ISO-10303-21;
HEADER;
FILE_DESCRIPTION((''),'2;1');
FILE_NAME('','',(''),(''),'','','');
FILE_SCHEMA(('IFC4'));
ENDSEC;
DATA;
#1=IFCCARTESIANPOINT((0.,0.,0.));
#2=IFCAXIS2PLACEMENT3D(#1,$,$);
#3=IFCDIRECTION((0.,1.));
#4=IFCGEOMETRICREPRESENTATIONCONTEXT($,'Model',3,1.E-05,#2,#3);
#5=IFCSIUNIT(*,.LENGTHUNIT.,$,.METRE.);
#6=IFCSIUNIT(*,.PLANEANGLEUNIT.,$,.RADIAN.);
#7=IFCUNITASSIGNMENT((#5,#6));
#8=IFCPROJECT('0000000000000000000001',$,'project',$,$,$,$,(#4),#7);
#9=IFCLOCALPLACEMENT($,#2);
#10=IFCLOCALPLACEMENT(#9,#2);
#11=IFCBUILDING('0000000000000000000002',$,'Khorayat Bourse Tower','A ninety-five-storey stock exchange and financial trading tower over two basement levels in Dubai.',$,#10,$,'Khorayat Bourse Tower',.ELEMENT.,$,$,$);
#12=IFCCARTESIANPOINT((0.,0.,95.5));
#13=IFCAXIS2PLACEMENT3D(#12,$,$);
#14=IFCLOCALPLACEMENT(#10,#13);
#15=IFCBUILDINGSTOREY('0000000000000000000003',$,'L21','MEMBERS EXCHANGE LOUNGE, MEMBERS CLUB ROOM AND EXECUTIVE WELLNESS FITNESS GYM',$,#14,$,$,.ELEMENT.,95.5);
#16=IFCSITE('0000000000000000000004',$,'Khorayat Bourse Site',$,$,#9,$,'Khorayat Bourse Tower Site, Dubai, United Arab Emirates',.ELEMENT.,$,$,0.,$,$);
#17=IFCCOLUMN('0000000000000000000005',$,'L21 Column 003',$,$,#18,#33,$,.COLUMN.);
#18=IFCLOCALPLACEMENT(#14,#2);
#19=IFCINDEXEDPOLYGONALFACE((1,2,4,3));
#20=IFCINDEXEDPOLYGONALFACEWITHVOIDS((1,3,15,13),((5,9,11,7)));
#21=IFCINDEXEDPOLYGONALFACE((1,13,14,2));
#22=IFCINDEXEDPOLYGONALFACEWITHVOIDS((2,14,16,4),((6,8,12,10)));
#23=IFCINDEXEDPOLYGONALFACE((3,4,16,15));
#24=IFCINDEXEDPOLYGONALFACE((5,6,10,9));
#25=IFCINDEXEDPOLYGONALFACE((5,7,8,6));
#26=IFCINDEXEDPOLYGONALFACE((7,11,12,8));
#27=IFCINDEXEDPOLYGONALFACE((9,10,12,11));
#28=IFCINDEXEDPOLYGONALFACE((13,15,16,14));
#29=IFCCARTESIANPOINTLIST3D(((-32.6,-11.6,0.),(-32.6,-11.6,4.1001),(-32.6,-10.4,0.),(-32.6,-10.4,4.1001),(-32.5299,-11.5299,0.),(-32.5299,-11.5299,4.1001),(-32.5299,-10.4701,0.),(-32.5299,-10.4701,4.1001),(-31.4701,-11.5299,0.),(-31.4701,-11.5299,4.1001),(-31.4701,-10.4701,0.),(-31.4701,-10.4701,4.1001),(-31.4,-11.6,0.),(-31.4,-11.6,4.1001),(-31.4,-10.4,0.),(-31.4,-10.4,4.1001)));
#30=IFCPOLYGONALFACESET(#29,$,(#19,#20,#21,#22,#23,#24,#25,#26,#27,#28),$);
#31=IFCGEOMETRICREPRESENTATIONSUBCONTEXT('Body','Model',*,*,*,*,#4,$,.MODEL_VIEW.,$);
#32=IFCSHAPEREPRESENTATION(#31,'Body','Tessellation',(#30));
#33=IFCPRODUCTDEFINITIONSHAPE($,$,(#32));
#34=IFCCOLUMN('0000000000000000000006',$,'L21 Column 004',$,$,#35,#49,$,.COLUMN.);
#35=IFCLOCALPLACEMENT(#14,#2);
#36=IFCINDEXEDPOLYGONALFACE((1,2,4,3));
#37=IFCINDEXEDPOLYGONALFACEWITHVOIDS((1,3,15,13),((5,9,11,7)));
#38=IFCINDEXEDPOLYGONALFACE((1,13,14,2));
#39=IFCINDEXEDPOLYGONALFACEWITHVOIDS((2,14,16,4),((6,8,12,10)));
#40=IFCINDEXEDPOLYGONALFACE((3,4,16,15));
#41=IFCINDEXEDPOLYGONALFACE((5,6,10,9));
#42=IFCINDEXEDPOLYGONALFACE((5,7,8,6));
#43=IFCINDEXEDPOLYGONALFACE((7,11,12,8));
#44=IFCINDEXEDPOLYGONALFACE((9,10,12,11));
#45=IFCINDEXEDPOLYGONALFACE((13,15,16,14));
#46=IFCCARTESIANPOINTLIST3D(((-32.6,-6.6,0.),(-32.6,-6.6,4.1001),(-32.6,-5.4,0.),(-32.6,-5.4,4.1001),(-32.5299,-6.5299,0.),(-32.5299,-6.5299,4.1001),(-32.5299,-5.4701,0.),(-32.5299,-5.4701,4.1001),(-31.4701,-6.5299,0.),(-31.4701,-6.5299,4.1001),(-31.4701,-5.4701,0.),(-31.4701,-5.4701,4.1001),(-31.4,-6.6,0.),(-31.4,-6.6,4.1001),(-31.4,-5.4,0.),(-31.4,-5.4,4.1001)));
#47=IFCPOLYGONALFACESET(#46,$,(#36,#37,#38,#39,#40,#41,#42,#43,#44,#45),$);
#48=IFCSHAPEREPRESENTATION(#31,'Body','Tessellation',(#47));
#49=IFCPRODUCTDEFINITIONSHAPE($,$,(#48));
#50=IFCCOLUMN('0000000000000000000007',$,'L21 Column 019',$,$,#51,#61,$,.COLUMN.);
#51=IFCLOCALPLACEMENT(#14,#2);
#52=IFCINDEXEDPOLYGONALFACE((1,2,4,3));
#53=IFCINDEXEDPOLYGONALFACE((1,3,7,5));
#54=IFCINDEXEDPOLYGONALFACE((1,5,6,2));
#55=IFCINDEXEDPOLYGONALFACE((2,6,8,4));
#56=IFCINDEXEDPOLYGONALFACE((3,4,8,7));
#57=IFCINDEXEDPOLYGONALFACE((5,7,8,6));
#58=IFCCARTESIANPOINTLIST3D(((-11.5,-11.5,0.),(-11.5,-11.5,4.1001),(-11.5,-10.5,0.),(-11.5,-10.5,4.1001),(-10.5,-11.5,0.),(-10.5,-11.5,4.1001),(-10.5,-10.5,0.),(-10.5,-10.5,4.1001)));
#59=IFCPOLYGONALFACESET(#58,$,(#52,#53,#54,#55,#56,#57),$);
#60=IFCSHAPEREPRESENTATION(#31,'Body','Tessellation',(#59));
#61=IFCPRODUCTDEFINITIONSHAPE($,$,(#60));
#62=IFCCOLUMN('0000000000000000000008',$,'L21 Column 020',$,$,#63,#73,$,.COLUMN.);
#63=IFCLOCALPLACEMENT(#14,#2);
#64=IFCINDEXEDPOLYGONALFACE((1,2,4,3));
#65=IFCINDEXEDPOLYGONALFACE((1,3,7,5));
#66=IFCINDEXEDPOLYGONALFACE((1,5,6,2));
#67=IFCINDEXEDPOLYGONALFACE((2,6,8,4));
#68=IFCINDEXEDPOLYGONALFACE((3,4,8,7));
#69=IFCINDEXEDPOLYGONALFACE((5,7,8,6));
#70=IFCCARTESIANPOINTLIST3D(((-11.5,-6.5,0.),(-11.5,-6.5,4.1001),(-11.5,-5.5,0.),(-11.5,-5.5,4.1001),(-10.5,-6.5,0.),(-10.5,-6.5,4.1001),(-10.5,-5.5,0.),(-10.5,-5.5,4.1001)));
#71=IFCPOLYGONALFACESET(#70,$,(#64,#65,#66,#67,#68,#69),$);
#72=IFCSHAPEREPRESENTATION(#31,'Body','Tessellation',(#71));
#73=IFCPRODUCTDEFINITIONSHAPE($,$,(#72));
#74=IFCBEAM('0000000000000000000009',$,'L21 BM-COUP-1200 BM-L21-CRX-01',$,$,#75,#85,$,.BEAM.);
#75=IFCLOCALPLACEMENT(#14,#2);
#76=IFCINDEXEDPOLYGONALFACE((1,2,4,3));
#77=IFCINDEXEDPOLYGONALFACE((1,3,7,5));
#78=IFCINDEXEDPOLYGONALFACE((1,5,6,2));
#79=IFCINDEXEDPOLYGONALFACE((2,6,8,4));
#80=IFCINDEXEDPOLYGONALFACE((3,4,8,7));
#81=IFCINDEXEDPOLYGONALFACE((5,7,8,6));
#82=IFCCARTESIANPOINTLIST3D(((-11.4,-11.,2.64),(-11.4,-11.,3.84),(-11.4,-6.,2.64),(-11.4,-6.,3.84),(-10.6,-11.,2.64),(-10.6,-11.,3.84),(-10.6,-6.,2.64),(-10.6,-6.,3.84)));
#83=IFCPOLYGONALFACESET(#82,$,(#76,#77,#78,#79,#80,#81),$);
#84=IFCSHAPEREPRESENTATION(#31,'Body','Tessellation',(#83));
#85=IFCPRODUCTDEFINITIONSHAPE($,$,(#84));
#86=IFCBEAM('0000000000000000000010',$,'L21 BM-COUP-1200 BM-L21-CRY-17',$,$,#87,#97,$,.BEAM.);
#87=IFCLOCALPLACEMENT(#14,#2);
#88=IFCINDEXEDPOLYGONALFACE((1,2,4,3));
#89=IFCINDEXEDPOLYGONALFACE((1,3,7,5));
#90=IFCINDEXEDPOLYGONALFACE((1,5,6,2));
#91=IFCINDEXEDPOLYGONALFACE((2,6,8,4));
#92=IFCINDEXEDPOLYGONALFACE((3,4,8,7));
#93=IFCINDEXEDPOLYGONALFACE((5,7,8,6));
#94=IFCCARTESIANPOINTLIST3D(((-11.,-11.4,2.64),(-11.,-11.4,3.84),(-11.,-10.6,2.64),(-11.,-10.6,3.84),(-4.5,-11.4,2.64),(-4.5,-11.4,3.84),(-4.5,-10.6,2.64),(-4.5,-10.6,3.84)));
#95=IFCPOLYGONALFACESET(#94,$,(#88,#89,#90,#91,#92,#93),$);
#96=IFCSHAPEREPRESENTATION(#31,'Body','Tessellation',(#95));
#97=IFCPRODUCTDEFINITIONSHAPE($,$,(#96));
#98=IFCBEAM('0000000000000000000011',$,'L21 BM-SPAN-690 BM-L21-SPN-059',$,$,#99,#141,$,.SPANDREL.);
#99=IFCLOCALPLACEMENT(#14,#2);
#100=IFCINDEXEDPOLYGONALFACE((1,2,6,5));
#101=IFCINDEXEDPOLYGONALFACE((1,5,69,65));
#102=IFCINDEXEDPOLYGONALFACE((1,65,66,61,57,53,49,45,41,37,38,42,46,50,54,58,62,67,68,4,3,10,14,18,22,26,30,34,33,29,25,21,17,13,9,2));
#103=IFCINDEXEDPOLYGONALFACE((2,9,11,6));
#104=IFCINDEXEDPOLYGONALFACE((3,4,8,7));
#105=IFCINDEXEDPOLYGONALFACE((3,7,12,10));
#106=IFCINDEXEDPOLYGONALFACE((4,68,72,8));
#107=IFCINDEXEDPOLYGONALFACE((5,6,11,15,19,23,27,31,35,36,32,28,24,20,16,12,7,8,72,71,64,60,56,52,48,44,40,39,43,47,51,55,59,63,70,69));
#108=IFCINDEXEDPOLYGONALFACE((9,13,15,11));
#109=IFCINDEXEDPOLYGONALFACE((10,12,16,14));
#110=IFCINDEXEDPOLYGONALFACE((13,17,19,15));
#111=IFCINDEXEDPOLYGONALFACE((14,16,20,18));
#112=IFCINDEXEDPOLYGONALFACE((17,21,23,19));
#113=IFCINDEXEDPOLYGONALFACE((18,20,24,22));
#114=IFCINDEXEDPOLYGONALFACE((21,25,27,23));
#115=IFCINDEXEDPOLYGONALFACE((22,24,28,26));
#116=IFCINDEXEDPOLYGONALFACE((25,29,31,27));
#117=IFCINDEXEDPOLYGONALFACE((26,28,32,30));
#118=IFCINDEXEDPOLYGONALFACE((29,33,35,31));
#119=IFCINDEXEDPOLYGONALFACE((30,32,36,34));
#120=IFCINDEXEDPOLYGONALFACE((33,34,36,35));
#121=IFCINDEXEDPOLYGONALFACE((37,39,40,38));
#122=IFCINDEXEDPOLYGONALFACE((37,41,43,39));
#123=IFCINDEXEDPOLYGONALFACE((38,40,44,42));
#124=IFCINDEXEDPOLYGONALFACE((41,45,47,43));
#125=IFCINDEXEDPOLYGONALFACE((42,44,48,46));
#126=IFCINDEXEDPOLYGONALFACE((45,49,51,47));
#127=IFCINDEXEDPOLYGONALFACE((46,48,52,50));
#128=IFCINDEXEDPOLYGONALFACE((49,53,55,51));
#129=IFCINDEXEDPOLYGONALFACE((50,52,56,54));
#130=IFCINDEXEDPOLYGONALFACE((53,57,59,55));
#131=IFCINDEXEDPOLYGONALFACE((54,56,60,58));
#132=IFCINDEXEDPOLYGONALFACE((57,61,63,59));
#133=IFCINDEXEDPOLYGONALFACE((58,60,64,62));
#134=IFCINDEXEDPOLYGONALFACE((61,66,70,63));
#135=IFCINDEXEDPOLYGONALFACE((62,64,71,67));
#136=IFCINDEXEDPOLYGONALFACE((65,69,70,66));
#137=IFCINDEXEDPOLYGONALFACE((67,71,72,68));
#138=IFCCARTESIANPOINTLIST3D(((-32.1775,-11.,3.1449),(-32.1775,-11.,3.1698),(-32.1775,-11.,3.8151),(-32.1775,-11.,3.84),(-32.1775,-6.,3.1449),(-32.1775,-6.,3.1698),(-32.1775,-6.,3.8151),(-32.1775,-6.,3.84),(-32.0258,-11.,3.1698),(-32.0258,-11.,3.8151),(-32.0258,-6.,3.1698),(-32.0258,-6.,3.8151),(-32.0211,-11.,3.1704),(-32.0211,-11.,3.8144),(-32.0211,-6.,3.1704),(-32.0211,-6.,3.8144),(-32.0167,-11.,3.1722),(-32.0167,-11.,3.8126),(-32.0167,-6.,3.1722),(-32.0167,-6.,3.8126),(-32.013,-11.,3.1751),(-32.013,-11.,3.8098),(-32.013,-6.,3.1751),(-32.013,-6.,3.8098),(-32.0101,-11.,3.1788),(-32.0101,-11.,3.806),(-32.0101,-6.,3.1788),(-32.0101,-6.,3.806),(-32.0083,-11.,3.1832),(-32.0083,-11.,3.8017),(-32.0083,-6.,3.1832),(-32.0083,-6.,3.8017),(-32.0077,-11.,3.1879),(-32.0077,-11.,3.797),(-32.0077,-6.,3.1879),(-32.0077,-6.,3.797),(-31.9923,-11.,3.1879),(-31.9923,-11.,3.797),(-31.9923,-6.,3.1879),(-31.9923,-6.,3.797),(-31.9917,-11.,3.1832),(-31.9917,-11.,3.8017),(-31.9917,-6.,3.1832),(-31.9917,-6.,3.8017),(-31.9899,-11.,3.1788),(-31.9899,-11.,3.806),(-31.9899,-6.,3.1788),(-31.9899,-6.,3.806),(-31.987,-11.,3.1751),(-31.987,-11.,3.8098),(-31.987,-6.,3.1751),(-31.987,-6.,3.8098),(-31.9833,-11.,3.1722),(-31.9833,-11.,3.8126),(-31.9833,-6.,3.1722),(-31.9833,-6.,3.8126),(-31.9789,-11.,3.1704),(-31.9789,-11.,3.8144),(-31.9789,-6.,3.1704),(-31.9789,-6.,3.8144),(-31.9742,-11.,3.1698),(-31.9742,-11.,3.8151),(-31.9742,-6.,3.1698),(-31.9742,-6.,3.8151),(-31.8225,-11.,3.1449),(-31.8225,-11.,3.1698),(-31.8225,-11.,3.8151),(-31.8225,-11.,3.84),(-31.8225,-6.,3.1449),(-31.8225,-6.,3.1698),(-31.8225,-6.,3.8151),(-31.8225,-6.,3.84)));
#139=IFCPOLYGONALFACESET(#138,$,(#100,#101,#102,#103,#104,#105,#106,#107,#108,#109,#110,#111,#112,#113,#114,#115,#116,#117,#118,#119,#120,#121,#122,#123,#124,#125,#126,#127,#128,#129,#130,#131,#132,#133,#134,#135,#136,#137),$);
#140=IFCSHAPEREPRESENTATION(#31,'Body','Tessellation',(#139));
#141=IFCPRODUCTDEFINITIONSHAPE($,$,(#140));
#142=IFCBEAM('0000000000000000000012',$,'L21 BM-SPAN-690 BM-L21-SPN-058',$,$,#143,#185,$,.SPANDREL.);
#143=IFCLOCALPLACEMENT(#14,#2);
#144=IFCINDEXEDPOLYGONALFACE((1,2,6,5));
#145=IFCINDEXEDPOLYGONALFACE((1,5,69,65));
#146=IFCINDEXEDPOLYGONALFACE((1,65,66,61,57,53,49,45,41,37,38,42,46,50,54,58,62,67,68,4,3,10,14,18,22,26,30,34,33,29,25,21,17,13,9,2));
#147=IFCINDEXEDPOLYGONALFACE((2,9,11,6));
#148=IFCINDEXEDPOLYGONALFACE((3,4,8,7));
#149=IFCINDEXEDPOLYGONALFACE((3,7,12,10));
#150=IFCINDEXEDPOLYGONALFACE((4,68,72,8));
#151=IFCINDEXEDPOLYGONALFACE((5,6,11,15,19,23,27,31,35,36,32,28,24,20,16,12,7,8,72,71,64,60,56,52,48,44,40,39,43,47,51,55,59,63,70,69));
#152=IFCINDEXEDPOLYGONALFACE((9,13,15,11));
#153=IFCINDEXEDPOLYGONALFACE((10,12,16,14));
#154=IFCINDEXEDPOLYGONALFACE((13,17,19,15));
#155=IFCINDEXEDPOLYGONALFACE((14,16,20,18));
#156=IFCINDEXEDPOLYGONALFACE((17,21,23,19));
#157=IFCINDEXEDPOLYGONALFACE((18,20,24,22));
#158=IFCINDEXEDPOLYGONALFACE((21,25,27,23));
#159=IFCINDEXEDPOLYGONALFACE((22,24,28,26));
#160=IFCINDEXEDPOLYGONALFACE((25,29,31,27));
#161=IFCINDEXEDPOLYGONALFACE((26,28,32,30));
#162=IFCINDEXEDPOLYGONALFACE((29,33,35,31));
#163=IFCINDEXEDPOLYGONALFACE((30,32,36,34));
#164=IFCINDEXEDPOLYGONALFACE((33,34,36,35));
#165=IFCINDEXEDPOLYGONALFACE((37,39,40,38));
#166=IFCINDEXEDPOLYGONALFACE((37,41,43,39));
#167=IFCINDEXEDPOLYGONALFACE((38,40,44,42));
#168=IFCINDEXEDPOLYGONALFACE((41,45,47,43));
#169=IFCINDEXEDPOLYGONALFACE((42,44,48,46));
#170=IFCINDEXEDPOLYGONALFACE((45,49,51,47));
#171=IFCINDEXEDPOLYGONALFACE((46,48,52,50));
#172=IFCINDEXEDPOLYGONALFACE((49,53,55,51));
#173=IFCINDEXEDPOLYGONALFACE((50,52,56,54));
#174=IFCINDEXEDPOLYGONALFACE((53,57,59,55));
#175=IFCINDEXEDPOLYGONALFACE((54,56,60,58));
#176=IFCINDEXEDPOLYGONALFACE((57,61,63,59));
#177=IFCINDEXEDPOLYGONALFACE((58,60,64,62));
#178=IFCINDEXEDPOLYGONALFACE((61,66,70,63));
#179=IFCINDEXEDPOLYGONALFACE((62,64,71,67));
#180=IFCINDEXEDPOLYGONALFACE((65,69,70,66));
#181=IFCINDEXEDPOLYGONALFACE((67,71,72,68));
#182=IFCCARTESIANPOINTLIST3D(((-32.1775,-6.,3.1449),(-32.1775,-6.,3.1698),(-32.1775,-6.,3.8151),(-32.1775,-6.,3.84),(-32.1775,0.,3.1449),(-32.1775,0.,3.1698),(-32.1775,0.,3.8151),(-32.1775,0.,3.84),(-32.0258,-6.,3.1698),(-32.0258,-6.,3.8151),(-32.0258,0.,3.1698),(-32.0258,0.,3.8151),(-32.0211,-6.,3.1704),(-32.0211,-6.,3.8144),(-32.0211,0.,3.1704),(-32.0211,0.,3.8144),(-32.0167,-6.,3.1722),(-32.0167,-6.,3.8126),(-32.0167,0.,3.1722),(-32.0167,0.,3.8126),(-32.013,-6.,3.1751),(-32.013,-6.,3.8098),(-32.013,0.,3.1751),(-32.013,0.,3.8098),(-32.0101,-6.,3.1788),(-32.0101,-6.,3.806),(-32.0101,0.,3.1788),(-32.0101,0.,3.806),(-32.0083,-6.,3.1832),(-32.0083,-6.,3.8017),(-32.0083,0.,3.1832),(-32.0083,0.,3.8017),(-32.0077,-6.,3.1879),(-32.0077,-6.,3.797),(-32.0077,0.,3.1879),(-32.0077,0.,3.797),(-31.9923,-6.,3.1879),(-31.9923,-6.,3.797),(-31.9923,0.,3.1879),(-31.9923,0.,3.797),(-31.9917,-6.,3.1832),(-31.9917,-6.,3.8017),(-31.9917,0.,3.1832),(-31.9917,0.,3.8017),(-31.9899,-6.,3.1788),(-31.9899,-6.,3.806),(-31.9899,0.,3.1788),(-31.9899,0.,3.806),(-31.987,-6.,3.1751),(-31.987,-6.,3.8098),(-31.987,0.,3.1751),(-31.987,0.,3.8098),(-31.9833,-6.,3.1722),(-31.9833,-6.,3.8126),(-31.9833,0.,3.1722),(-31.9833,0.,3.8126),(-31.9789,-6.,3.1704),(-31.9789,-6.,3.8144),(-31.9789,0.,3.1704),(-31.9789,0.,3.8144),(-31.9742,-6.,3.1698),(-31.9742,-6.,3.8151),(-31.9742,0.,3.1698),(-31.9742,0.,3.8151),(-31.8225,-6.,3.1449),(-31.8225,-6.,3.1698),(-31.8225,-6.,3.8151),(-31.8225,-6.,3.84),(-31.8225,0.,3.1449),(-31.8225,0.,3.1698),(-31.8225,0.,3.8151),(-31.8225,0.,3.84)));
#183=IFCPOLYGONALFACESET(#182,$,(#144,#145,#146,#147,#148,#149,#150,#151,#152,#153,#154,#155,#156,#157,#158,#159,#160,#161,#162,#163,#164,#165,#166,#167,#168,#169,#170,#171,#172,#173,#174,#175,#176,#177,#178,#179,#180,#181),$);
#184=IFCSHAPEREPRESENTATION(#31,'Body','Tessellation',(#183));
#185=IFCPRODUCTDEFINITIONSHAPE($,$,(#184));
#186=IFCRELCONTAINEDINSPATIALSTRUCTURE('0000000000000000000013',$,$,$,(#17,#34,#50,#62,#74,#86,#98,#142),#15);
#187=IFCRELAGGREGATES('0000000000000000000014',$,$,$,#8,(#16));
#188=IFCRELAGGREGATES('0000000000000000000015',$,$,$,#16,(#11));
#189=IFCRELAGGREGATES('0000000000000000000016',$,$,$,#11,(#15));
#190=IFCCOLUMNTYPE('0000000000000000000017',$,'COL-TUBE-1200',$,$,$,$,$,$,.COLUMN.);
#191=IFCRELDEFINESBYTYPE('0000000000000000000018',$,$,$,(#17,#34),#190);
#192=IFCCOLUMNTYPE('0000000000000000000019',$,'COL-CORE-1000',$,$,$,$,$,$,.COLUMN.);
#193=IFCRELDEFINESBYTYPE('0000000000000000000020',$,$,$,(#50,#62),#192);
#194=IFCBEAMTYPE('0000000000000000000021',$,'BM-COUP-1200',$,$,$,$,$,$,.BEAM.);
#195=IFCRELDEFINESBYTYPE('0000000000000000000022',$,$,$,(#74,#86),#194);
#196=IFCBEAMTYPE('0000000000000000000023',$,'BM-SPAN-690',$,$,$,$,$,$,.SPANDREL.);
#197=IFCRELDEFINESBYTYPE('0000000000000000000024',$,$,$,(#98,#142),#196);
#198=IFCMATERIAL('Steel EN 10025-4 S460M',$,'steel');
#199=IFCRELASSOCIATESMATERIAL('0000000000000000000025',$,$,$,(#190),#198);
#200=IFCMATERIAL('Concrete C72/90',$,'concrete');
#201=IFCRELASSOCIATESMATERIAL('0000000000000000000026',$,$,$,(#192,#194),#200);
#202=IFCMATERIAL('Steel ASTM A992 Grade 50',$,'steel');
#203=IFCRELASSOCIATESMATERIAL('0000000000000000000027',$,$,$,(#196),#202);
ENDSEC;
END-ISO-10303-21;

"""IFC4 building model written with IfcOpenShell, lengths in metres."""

from ifc_helpers import new_model, si_unit, direction, frame, origin, origin_2d, place, context, subcontext, project, spatial, rectangle, hollow_rectangle, i_section, extrude, source, transform, mapped, material, material_profile, profile_set, type_object, element, save


model = new_model("IFC4")

# Units and contexts
model_context = context("Model", 3, precision=1e-05, world=origin(), true_north=direction((0.0, 1.0)))
body_context = subcontext(model_context, "Body", "Model", "MODEL_VIEW")
ifc_project = project(units=[si_unit("LENGTHUNIT", "METRE"), si_unit("PLANEANGLEUNIT", "RADIAN")], contexts=[model_context])

# Site, building, storey
site_placement = place(None, origin())
site = spatial("IfcSite", under=ifc_project, at=site_placement, Name="Khorayat Bourse Site", LongName="Khorayat Bourse Tower Site, Dubai, United Arab Emirates", CompositionType="ELEMENT", RefElevation=0.0)
building_placement = place(site_placement, origin())
building = spatial("IfcBuilding", under=site, at=building_placement, Name="Khorayat Bourse Tower", Description="A ninety-five-storey stock exchange and financial trading tower over two basement levels in Dubai.", LongName="Khorayat Bourse Tower", CompositionType="ELEMENT")
storey_placement = place(building_placement, frame((0.0, 0.0, 95.5)))
storey = spatial("IfcBuildingStorey", under=building, at=storey_placement, Name="L21", Description="MEMBERS EXCHANGE LOUNGE, MEMBERS CLUB ROOM AND EXECUTIVE WELLNESS FITNESS GYM", CompositionType="ELEMENT", Elevation=95.5)

# Columns
ifc_material_1 = material(Name="Steel EN 10025-4 S460M", Category="steel")
ifc_material_profile_1 = material_profile(ifc_material_1, hollow_rectangle(XDim=1.2, YDim=1.2, WallThickness=0.0701, at=origin_2d()), Name="BOX 1200x1200x70")
ifc_profile_set_1 = profile_set([ifc_material_profile_1], Name="Steel EN 10025-4 S460M")
column_type_1 = type_object("IfcColumnType", Name="COL-TUBE-1200", PredefinedType="COLUMN", material=ifc_profile_set_1)
shared_shape_1 = source(origin(), body_context, "Body", "SweptSolid", [
    extrude(hollow_rectangle(XDim=1.2, YDim=1.2, WallThickness=0.0701, at=origin_2d()), origin(), (0.0, 0.0, 1.0), 4.1001),
])
for number, where, z_axis, x_axis, name in (
    (1, (-32.0, -11.0, 0.0), (0.0, 0.0, 1.0), (1.0, 0.0, 0.0), "L21 Column 003"),
    (2, (-32.0, -6.0, 0.0), (0.0, 0.0, 1.0), (1.0, 0.0, 0.0), "L21 Column 004"),
):
    element("IfcColumn", number, at=place(storey_placement, frame(where, z_axis=z_axis, x_axis=x_axis)), inside=storey, type_object=column_type_1, Name=name, PredefinedType="COLUMN", context=body_context, shape_type="MappedRepresentation", body=[
        mapped(shared_shape_1, transform((0.0, 0.0, 0.0), scale=1.0)),
    ])
ifc_material_2 = material(Name="Concrete C72/90", Category="concrete")
ifc_material_profile_2 = material_profile(ifc_material_2, rectangle(XDim=1.0, YDim=1.0, at=origin_2d()), Name="RC 1000x1000")
ifc_profile_set_2 = profile_set([ifc_material_profile_2], Name="Concrete C72/90")
column_type_2 = type_object("IfcColumnType", Name="COL-CORE-1000", PredefinedType="COLUMN", material=ifc_profile_set_2)
shared_shape_2 = source(origin(), body_context, "Body", "SweptSolid", [
    extrude(rectangle(XDim=1.0, YDim=1.0, at=origin_2d()), origin(), (0.0, 0.0, 1.0), 4.1001),
])
for number, where, z_axis, x_axis, name in (
    (3, (-11.0, -11.0, 0.0), (0.0, 0.0, 1.0), (1.0, 0.0, 0.0), "L21 Column 019"),
    (4, (-11.0, -6.0, 0.0), (0.0, 0.0, 1.0), (1.0, 0.0, 0.0), "L21 Column 020"),
):
    element("IfcColumn", number, at=place(storey_placement, frame(where, z_axis=z_axis, x_axis=x_axis)), inside=storey, type_object=column_type_2, Name=name, PredefinedType="COLUMN", context=body_context, shape_type="MappedRepresentation", body=[
        mapped(shared_shape_2, transform((0.0, 0.0, 0.0), scale=1.0)),
    ])

# Beams
ifc_material_profile_3 = material_profile(ifc_material_2, rectangle(XDim=0.8, YDim=1.2, at=origin_2d()), Name="RC 800x1200")
ifc_profile_set_3 = profile_set([ifc_material_profile_3], Name="Concrete C72/90")
beam_type_1 = type_object("IfcBeamType", Name="BM-COUP-1200", PredefinedType="BEAM", material=ifc_profile_set_3)
shared_shape_3 = source(origin(), body_context, "Body", "SweptSolid", [
    extrude(rectangle(XDim=0.8, YDim=1.2, at=origin_2d()), origin(), (0.0, 0.0, 1.0), 5.0),
])
beam_1_placement = place(storey_placement, frame((-11.0, -11.0, 3.24), z_axis=(0.0, 1.0, 0.0), x_axis=(-1.0, 0.0, 0.0)))
element("IfcBeam", 5, at=beam_1_placement, inside=storey, type_object=beam_type_1, Name="L21 BM-COUP-1200 BM-L21-CRX-01", PredefinedType="BEAM", context=body_context, shape_type="MappedRepresentation", body=[
    mapped(shared_shape_3, transform((0.0, 0.0, 0.0), scale=1.0)),
])
shared_shape_4 = source(origin(), body_context, "Body", "SweptSolid", [
    extrude(rectangle(XDim=0.8, YDim=1.2, at=origin_2d()), origin(), (0.0, 0.0, 1.0), 6.5),
])
beam_2_placement = place(storey_placement, frame((-11.0, -11.0, 3.24), z_axis=(1.0, 0.0, 0.0), x_axis=(0.0, 1.0, 0.0)))
element("IfcBeam", 6, at=beam_2_placement, inside=storey, type_object=beam_type_1, Name="L21 BM-COUP-1200 BM-L21-CRY-17", PredefinedType="BEAM", context=body_context, shape_type="MappedRepresentation", body=[
    mapped(shared_shape_4, transform((0.0, 0.0, 0.0), scale=1.0)),
])
ifc_material_3 = material(Name="Steel ASTM A992 Grade 50", Category="steel")
ifc_material_profile_4 = material_profile(ifc_material_3, i_section(OverallWidth=0.355, OverallDepth=0.6951, WebThickness=0.0154, FlangeThickness=0.0249, FilletRadius=0.0181, at=origin_2d()), Name="W690X217")
ifc_profile_set_4 = profile_set([ifc_material_profile_4], Name="Steel ASTM A992 Grade 50")
beam_type_2 = type_object("IfcBeamType", Name="BM-SPAN-690", PredefinedType="SPANDREL", material=ifc_profile_set_4)
shared_shape_5 = source(origin(), body_context, "Body", "SweptSolid", [
    extrude(i_section(OverallWidth=0.355, OverallDepth=0.6951, WebThickness=0.0154, FlangeThickness=0.0249, FilletRadius=0.0181, at=origin_2d()), origin(), (0.0, 0.0, 1.0), 5.0),
])
beam_3_placement = place(storey_placement, frame((-32.0, -11.0, 3.4924), z_axis=(0.0, 1.0, 0.0), x_axis=(-1.0, 0.0, 0.0)))
element("IfcBeam", 7, at=beam_3_placement, inside=storey, type_object=beam_type_2, Name="L21 BM-SPAN-690 BM-L21-SPN-059", PredefinedType="SPANDREL", context=body_context, shape_type="MappedRepresentation", body=[
    mapped(shared_shape_5, transform((0.0, 0.0, 0.0), scale=1.0)),
])
shared_shape_6 = source(origin(), body_context, "Body", "SweptSolid", [
    extrude(i_section(OverallWidth=0.355, OverallDepth=0.6951, WebThickness=0.0154, FlangeThickness=0.0249, FilletRadius=0.0181, at=origin_2d()), origin(), (0.0, 0.0, 1.0), 6.0),
])
beam_4_placement = place(storey_placement, frame((-32.0, -6.0, 3.4924), z_axis=(0.0, 1.0, 0.0), x_axis=(-1.0, 0.0, 0.0)))
element("IfcBeam", 8, at=beam_4_placement, inside=storey, type_object=beam_type_2, Name="L21 BM-SPAN-690 BM-L21-SPN-058", PredefinedType="SPANDREL", context=body_context, shape_type="MappedRepresentation", body=[
    mapped(shared_shape_6, transform((0.0, 0.0, 0.0), scale=1.0)),
])

save(model, "model.ifc")
